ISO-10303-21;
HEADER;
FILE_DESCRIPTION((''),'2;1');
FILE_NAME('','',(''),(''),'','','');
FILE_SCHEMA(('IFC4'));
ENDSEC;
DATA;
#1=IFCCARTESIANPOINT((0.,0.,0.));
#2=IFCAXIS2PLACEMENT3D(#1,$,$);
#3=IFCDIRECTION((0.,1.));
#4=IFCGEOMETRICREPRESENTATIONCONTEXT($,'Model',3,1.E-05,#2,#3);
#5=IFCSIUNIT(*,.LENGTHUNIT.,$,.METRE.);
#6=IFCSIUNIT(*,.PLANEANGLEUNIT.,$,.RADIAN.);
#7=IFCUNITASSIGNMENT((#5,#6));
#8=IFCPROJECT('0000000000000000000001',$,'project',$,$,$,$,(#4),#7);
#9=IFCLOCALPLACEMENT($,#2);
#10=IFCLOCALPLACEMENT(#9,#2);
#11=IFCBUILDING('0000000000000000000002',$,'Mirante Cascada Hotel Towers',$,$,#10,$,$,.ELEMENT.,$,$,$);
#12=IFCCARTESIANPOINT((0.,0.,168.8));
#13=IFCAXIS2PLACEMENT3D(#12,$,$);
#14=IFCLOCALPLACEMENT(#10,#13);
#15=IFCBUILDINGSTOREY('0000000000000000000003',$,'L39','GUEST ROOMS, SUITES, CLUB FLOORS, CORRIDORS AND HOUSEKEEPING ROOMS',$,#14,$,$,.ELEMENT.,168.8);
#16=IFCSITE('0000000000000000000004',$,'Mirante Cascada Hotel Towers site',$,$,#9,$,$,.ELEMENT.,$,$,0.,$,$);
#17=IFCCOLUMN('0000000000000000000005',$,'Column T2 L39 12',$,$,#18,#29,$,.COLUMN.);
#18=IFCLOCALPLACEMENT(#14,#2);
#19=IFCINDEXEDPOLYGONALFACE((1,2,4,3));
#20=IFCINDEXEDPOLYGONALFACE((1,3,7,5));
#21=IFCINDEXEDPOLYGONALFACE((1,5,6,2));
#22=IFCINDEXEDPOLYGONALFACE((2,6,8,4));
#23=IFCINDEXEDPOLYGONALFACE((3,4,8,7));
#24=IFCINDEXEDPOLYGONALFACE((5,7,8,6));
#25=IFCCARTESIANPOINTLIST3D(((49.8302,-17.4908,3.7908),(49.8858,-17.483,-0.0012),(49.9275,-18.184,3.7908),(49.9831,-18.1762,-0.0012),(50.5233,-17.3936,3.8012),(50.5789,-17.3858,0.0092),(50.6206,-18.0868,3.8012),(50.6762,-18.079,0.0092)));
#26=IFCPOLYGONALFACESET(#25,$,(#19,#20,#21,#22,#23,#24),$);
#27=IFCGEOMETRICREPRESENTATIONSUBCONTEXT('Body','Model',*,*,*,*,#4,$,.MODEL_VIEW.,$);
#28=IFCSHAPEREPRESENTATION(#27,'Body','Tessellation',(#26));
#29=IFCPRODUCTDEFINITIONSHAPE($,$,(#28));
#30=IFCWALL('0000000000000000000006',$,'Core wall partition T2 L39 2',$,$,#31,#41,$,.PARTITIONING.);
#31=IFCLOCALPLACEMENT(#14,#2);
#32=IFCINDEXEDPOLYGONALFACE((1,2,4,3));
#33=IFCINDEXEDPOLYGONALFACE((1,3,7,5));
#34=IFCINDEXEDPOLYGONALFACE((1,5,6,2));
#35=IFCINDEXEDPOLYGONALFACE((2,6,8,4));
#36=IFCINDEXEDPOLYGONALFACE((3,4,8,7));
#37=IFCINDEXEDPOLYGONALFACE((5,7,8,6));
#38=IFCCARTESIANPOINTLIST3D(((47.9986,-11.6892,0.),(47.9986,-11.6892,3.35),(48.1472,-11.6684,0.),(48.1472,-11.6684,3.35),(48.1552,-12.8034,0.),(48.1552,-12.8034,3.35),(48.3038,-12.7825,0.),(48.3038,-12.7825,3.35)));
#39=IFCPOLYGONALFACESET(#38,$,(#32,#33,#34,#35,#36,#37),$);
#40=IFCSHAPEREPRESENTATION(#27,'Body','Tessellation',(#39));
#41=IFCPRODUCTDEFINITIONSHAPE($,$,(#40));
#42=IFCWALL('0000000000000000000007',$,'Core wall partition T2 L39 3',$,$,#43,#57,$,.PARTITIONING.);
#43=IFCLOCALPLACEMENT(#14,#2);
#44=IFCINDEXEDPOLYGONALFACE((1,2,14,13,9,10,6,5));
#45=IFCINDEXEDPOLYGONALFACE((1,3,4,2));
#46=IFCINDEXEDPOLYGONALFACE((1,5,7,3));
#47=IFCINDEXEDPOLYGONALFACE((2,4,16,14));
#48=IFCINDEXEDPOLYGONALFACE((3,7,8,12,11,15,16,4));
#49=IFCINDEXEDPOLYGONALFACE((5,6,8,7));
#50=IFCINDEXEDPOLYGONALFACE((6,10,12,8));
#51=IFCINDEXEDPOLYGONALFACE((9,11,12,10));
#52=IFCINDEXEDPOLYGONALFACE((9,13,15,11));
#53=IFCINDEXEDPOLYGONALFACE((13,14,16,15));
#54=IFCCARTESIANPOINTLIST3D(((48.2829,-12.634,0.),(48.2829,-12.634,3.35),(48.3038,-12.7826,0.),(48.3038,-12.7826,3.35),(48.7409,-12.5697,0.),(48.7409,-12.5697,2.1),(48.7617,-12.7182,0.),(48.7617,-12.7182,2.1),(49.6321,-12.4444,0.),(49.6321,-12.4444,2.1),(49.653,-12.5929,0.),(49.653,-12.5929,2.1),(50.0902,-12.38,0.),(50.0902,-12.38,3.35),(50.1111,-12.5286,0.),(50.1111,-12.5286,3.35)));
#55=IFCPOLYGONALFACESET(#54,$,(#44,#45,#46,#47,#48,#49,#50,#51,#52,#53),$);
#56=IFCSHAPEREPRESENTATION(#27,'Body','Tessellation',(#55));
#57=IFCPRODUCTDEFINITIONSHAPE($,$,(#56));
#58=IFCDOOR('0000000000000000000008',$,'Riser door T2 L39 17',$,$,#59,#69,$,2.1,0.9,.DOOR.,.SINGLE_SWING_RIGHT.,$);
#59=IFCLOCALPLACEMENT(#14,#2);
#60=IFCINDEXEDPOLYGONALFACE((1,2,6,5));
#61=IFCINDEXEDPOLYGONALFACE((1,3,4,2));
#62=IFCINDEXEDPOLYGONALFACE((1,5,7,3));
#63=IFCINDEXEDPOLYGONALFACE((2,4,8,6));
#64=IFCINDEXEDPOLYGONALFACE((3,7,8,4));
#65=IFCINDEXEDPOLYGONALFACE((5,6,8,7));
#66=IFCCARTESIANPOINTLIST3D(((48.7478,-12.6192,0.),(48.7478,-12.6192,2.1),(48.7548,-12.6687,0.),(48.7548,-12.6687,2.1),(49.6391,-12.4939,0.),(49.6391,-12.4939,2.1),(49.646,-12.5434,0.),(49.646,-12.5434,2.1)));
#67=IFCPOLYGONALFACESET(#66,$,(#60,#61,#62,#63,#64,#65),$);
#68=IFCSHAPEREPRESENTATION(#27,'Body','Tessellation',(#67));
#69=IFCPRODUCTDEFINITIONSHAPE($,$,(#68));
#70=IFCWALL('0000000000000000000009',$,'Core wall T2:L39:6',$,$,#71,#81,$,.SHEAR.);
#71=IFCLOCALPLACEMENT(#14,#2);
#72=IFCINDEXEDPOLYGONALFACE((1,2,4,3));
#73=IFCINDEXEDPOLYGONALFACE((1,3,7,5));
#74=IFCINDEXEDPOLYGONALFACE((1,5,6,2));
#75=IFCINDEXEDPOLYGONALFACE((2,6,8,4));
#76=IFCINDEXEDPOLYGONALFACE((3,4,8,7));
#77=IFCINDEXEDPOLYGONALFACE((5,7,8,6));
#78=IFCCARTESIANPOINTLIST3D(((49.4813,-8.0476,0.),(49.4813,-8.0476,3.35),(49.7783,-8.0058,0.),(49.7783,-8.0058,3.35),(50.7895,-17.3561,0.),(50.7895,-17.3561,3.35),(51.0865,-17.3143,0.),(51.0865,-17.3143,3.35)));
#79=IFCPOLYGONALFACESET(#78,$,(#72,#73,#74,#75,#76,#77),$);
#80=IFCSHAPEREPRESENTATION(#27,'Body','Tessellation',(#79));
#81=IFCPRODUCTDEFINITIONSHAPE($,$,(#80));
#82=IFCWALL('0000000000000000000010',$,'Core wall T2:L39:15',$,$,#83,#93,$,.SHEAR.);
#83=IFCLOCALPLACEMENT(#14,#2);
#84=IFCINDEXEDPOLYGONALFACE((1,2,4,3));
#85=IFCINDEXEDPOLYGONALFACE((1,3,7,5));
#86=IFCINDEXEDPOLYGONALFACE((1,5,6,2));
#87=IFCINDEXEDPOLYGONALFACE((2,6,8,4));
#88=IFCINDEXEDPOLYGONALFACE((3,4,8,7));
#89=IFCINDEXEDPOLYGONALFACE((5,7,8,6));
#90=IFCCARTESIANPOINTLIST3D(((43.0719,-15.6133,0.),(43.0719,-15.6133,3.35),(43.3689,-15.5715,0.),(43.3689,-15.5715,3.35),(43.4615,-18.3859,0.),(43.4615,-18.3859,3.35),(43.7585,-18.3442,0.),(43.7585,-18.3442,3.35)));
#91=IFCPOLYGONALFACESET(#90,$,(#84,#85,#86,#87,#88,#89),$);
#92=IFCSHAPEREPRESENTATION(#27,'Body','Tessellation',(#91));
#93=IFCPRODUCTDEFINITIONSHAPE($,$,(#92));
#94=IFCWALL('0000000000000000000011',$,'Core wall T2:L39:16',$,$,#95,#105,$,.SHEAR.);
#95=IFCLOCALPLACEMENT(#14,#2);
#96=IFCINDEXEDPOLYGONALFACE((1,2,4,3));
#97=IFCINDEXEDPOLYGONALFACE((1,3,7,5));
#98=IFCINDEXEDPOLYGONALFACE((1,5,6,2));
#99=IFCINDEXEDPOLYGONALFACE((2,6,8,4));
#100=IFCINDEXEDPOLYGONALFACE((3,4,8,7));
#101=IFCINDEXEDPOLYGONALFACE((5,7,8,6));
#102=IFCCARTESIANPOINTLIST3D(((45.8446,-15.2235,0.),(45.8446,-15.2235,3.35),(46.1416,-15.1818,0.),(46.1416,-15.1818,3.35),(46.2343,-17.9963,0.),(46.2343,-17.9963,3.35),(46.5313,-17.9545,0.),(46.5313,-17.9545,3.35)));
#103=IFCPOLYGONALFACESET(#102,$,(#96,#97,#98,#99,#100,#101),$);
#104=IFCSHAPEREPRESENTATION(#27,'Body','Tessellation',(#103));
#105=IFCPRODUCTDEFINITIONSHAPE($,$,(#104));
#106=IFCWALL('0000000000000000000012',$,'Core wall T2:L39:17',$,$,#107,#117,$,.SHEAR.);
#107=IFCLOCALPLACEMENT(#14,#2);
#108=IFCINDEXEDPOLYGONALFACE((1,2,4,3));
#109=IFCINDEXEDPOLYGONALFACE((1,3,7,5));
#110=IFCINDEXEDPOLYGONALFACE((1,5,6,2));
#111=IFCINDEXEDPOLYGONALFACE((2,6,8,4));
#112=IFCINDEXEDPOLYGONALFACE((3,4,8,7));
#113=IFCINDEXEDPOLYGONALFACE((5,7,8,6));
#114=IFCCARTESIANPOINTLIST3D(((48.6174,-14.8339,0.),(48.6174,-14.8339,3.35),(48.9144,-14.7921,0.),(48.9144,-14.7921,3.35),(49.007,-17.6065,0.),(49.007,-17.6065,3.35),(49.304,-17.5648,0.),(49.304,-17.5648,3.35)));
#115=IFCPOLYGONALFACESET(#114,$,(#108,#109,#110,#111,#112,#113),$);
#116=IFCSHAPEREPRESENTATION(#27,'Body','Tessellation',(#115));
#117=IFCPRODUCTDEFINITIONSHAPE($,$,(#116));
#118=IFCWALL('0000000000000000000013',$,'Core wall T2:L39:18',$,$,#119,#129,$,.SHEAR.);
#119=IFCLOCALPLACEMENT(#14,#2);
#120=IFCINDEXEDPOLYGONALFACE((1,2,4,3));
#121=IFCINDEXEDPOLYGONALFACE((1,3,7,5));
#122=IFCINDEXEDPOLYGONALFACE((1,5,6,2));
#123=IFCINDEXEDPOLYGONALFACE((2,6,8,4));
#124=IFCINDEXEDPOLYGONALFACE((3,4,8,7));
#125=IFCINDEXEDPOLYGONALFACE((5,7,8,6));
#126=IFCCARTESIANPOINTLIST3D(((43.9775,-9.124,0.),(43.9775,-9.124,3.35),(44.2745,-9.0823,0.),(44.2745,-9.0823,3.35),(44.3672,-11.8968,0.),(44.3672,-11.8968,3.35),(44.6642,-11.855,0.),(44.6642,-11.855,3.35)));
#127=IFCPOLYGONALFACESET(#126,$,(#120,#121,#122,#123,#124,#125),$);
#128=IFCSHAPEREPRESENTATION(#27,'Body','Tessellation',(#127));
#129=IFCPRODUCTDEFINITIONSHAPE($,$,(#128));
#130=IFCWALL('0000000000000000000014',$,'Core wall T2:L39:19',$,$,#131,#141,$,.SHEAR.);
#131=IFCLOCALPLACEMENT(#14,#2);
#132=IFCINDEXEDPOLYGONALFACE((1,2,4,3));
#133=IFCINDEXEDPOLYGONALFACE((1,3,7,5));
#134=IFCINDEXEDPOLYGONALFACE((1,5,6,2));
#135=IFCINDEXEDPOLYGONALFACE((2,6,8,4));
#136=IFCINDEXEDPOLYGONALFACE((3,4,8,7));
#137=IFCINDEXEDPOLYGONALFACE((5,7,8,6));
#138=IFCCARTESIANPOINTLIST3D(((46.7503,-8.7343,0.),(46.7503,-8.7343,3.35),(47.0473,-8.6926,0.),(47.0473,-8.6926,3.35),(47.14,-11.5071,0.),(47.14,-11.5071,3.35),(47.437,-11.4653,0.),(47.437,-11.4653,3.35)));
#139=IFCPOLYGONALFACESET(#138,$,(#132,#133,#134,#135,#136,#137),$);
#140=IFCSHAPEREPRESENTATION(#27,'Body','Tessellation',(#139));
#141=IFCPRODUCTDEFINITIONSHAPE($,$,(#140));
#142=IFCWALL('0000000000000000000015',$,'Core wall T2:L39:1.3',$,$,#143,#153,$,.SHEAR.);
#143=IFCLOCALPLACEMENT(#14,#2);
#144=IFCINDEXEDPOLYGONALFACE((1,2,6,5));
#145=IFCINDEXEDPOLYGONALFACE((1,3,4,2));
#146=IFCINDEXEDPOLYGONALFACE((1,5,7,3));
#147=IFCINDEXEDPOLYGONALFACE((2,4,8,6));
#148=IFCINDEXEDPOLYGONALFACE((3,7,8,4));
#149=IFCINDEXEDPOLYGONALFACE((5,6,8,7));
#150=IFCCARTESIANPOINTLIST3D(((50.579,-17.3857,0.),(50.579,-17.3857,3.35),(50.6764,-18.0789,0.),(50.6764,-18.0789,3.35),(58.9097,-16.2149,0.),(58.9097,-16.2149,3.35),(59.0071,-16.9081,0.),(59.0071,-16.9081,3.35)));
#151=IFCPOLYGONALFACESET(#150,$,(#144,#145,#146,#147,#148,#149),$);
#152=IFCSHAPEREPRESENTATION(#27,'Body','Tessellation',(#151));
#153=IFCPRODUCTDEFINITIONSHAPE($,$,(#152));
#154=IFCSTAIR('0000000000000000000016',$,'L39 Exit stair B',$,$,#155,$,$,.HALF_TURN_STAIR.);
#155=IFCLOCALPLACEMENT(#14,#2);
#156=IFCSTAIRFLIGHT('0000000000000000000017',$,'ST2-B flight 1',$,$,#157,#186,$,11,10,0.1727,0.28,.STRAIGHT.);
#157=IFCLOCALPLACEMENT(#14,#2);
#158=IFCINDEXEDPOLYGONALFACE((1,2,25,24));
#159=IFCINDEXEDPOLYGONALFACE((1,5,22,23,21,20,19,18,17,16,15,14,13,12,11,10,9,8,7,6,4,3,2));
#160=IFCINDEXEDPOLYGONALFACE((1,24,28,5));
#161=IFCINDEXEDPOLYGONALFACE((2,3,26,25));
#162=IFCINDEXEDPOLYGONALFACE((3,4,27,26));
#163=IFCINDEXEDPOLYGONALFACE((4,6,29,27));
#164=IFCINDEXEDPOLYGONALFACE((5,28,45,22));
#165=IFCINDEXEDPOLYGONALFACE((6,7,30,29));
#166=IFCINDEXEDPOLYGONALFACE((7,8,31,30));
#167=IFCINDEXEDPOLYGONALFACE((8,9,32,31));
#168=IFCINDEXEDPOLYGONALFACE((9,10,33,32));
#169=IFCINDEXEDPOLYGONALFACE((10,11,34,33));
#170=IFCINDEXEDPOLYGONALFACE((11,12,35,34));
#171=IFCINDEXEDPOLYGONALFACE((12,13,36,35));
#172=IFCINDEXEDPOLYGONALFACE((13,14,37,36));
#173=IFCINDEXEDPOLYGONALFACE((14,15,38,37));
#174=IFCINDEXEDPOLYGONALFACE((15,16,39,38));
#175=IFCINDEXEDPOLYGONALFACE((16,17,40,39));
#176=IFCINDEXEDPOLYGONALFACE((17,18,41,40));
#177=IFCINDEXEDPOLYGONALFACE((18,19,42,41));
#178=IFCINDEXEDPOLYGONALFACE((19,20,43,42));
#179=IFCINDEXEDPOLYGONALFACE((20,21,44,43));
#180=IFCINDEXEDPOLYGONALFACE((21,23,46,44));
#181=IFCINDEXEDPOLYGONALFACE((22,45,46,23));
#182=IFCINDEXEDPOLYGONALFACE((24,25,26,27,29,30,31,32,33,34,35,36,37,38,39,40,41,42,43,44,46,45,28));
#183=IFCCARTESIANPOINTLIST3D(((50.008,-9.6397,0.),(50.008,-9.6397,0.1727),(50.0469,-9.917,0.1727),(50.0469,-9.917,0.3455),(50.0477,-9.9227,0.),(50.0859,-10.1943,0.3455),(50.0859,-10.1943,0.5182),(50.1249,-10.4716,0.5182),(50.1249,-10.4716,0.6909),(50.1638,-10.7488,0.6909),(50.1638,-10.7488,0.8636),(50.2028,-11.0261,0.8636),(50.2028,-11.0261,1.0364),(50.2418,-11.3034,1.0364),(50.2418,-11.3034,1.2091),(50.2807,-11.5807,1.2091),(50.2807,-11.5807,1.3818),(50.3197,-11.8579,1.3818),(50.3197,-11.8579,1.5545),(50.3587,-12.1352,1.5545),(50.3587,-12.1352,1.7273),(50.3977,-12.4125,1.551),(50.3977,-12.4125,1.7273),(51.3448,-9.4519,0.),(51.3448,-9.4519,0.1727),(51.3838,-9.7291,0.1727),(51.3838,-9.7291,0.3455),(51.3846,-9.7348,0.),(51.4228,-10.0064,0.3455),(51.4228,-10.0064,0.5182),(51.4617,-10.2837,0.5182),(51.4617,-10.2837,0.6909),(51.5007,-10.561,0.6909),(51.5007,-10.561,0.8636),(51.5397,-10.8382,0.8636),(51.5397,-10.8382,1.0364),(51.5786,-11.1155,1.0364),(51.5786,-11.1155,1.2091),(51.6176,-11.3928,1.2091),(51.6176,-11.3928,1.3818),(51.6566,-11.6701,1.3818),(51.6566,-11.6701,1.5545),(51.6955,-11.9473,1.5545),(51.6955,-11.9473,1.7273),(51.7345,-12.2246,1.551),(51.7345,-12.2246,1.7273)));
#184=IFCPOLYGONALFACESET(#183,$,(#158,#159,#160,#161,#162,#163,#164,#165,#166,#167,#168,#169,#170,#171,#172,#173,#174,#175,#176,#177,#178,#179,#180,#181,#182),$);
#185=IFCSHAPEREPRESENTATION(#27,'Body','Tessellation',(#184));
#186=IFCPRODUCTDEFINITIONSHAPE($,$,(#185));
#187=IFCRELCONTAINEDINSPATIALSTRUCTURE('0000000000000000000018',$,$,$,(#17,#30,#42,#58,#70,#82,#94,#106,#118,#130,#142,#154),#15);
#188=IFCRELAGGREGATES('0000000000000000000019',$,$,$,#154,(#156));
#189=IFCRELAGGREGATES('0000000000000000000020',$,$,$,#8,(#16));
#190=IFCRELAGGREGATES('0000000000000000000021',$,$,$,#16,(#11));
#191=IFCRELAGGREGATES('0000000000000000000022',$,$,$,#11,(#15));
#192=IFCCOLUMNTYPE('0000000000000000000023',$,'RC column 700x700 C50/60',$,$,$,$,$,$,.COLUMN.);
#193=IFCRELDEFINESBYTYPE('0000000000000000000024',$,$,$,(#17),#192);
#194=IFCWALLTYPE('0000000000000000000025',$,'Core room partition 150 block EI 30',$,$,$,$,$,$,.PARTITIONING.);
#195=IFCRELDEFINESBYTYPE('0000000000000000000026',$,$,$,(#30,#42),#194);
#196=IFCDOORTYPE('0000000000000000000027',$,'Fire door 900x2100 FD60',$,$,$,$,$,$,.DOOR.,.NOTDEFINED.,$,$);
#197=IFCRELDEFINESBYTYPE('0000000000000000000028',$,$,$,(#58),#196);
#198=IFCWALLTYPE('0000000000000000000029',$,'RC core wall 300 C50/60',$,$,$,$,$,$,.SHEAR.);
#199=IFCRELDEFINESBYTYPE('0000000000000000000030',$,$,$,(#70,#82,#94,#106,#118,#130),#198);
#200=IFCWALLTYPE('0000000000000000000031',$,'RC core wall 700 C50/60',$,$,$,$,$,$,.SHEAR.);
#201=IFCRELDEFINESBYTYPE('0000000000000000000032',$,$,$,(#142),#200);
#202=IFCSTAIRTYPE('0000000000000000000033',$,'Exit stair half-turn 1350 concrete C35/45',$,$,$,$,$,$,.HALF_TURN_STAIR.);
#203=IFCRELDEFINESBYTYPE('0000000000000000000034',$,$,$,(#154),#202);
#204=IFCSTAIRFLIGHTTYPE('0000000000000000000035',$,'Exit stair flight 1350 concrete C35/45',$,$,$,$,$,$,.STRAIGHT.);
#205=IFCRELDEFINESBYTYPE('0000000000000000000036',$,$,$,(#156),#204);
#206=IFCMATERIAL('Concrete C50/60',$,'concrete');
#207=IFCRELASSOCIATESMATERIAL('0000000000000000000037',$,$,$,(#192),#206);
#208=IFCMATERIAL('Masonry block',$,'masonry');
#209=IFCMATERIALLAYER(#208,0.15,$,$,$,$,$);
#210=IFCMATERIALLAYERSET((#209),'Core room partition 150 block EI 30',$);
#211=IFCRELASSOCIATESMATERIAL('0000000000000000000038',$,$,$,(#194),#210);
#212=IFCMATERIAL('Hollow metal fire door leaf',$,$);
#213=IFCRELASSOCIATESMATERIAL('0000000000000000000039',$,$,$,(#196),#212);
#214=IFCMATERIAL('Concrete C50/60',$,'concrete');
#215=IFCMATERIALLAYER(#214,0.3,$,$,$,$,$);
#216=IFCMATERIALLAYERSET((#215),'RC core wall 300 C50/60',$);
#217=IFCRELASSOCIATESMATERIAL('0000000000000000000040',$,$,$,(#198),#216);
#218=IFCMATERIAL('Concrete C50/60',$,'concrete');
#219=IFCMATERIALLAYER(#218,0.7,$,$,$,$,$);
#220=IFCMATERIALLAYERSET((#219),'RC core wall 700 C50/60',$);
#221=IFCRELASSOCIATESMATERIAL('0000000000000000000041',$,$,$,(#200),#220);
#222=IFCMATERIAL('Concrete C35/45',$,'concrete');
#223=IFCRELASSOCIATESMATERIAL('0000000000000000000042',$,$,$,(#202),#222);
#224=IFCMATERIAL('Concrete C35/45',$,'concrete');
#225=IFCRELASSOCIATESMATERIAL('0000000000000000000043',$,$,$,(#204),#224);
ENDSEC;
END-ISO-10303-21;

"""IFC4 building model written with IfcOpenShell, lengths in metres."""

from ifc_helpers import new_model, si_unit, direction, frame, frame_2d, origin, origin_2d, place, context, subcontext, project, spatial, polyline, rectangle, outline, extrude, material, layer, layer_set, material_profile, profile_set, type_object, element, fill, aggregate, save


model = new_model("IFC4")

# Units and contexts
model_context = context("Model", 3, precision=1e-05, world=origin(), true_north=direction((0.0, 1.0)))
body_context = subcontext(model_context, "Body", "Model", "MODEL_VIEW")
ifc_project = project(units=[si_unit("LENGTHUNIT", "METRE"), si_unit("PLANEANGLEUNIT", "RADIAN")], contexts=[model_context])

# Site, building, storey
site_placement = place(None, origin())
site = spatial("IfcSite", under=ifc_project, at=site_placement, Name="Mirante Cascada Hotel Towers site", CompositionType="ELEMENT", RefElevation=0.0)
building_placement = place(site_placement, origin())
building = spatial("IfcBuilding", under=site, at=building_placement, Name="Mirante Cascada Hotel Towers", CompositionType="ELEMENT")
storey_placement = place(building_placement, frame((0.0, 0.0, 168.8)))
storey = spatial("IfcBuildingStorey", under=building, at=storey_placement, Name="L39", Description="GUEST ROOMS, SUITES, CLUB FLOORS, CORRIDORS AND HOUSEKEEPING ROOMS", CompositionType="ELEMENT", Elevation=168.8)

# Column
ifc_material_1 = material(Name="Concrete C50/60", Category="concrete")
ifc_material_profile = material_profile(ifc_material_1, rectangle(XDim=0.7, YDim=0.7, at=origin_2d()), Name="RC column 700x700 C50/60")
ifc_profile_set = profile_set([ifc_material_profile], Name="Concrete C50/60")
column_type = type_object("IfcColumnType", Name="RC column 700x700 C50/60", PredefinedType="COLUMN", material=ifc_profile_set)
column_placement = place(storey_placement, frame((50.281, -17.781, 0.004), z_axis=(-0.014661, -0.002057, 0.99989), x_axis=(0.138927, -0.990303, 0.0)))
element("IfcColumn", 1, at=column_placement, inside=storey, type_object=column_type, Name="Column T2 L39 12", PredefinedType="COLUMN", context=body_context, shape_type="SweptSolid", body=[
    extrude(rectangle(XDim=0.7, YDim=0.7, at=origin_2d()), origin(), (0.0, 0.0, 1.0), 3.7924),
])

# Wall
ifc_material_2 = material(Name="Masonry block", Category="masonry")
ifc_layer_1 = layer(ifc_material_2, 0.15)
ifc_layer_set_1 = layer_set([ifc_layer_1], Name="Core room partition 150 block EI 30")
wall_type_1 = type_object("IfcWallType", Name="Core room partition 150 block EI 30", PredefinedType="PARTITIONING", material=ifc_layer_set_1)
wall_1_placement = place(storey_placement, frame((48.2295, -12.793, 0.0), z_axis=(0.0, 0.0, 1.0), x_axis=(-0.139193, 0.990265, 0.0)))
element("IfcWall", 2, at=wall_1_placement, inside=storey, type_object=wall_type_1, Name="Core wall partition T2 L39 2", PredefinedType="PARTITIONING", context=body_context, shape_type="SweptSolid", body=[
    extrude(rectangle(XDim=1.1251, YDim=0.15, at=frame_2d((0.5626, 0.0))), origin(), (0.0, 0.0, 1.0), 3.35),
])

# Wall, opening, door
wall_2_placement = place(storey_placement, frame((48.2933, -12.7083, 0.0), z_axis=(0.0, 0.0, 1.0), x_axis=(0.990268, 0.139173, 0.0)))
wall_2 = element("IfcWall", 3, at=wall_2_placement, inside=storey, type_object=wall_type_1, Name="Core wall partition T2 L39 3", PredefinedType="PARTITIONING", context=body_context, shape_type="SweptSolid", body=[
    extrude(rectangle(XDim=1.8251, YDim=0.15, at=frame_2d((0.9126, 0.0))), origin(), (0.0, 0.0, 1.0), 3.35),
])
opening_placement = place(wall_2_placement, frame((0.4625, 0.0, 0.0)))
opening = element("IfcOpeningElement", 4, at=opening_placement, cuts=wall_2, PredefinedType="OPENING", context=body_context, shape_type="SweptSolid", body=[
    extrude(rectangle(XDim=0.9, YDim=2.1, at=frame_2d((0.45, 1.05))), frame((0.0, 0.075, 0.0), z_axis=(0.0, -1.0, 0.0), x_axis=(1.0, 0.0, 0.0)), (0.0, 0.0, 1.0), 0.15),
])
ifc_material_3 = material(Name="Hollow metal fire door leaf")
door_type = type_object("IfcDoorType", Name="Fire door 900x2100 FD60", OperationType="NOTDEFINED", PredefinedType="DOOR", material=ifc_material_3)
door_placement = place(opening_placement, frame((0.9, 0.0, 0.0), z_axis=(0.0, 0.0, 1.0), x_axis=(-1.0, 0.0, 0.0)))
door = element("IfcDoor", 5, at=door_placement, inside=storey, type_object=door_type, Name="Riser door T2 L39 17", OperationType="SINGLE_SWING_RIGHT", OverallHeight=2.1, OverallWidth=0.9, PredefinedType="DOOR", context=body_context, shape_type="SweptSolid", body=[
    extrude(rectangle(XDim=0.9, YDim=2.1, at=frame_2d((0.45, 1.05))), frame((0.0, 0.025, 0.0), z_axis=(0.0, -1.0, 0.0), x_axis=(1.0, 0.0, 0.0)), (0.0, 0.0, 1.0), 0.05),
])
fill(opening, door)

# Walls
ifc_material_4 = material(Name="Concrete C50/60", Category="concrete")
ifc_layer_2 = layer(ifc_material_4, 0.3)
ifc_layer_set_2 = layer_set([ifc_layer_2], Name="RC core wall 300 C50/60")
wall_type_2 = type_object("IfcWallType", Name="RC core wall 300 C50/60", PredefinedType="SHEAR", material=ifc_layer_set_2)
wall_3_placement = place(storey_placement, frame((50.938, -17.3352, 0.0), z_axis=(0.0, 0.0, 1.0), x_axis=(-0.139171, 0.990268, 0.0)))
element("IfcWall", 6, at=wall_3_placement, inside=storey, type_object=wall_type_2, Name="Core wall T2:L39:6", PredefinedType="SHEAR", context=body_context, shape_type="SweptSolid", body=[
    extrude(rectangle(XDim=9.4, YDim=0.3, at=frame_2d((4.7, 0.0))), origin(), (0.0, 0.0, 1.0), 3.35),
])
wall_4_placement = place(storey_placement, frame((43.61, -18.3651, 0.0), z_axis=(0.0, 0.0, 1.0), x_axis=(-0.139146, 0.990272, 0.0)))
element("IfcWall", 7, at=wall_4_placement, inside=storey, type_object=wall_type_2, Name="Core wall T2:L39:15", PredefinedType="SHEAR", context=body_context, shape_type="SweptSolid", body=[
    extrude(rectangle(XDim=2.7999, YDim=0.3, at=frame_2d((1.4, 0.0))), origin(), (0.0, 0.0, 1.0), 3.35),
])
wall_5_placement = place(storey_placement, frame((46.3828, -17.9754, 0.0), z_axis=(0.0, 0.0, 1.0), x_axis=(-0.139181, 0.990267, 0.0)))
element("IfcWall", 8, at=wall_5_placement, inside=storey, type_object=wall_type_2, Name="Core wall T2:L39:16", PredefinedType="SHEAR", context=body_context, shape_type="SweptSolid", body=[
    extrude(rectangle(XDim=2.8, YDim=0.3, at=frame_2d((1.4, 0.0))), origin(), (0.0, 0.0, 1.0), 3.35),
])
wall_6_placement = place(storey_placement, frame((49.1555, -17.5857, 0.0), z_axis=(0.0, 0.0, 1.0), x_axis=(-0.139146, 0.990272, 0.0)))
element("IfcWall", 9, at=wall_6_placement, inside=storey, type_object=wall_type_2, Name="Core wall T2:L39:17", PredefinedType="SHEAR", context=body_context, shape_type="SweptSolid", body=[
    extrude(rectangle(XDim=2.7999, YDim=0.3, at=frame_2d((1.4, 0.0))), origin(), (0.0, 0.0, 1.0), 3.35),
])
for number, where, z_axis, x_axis, name in (
    (10, (44.5157, -11.8759, 0.0), (0.0, 0.0, 1.0), (-0.139181, 0.990267, 0.0), "Core wall T2:L39:18"),
    (11, (47.2885, -11.4862, 0.0), (0.0, 0.0, 1.0), (-0.139181, 0.990267, 0.0), "Core wall T2:L39:19"),
):
    element("IfcWall", number, at=place(storey_placement, frame(where, z_axis=z_axis, x_axis=x_axis)), inside=storey, type_object=wall_type_2, Name=name, PredefinedType="SHEAR", context=body_context, shape_type="SweptSolid", body=[
        extrude(rectangle(XDim=2.8, YDim=0.3, at=frame_2d((1.4, 0.0))), origin(), (0.0, 0.0, 1.0), 3.35),
    ])
ifc_material_5 = material(Name="Concrete C50/60", Category="concrete")
ifc_layer_3 = layer(ifc_material_5, 0.7)
ifc_layer_set_3 = layer_set([ifc_layer_3], Name="RC core wall 700 C50/60")
wall_type_3 = type_object("IfcWallType", Name="RC core wall 700 C50/60", PredefinedType="SHEAR", material=ifc_layer_set_3)
wall_7_placement = place(storey_placement, frame((50.6277, -17.7323, 0.0), z_axis=(0.0, 0.0, 1.0), x_axis=(0.990268, 0.139173, 0.0)))
element("IfcWall", 12, at=wall_7_placement, inside=storey, type_object=wall_type_3, Name="Core wall T2:L39:1.3", PredefinedType="SHEAR", context=body_context, shape_type="SweptSolid", body=[
    extrude(rectangle(XDim=8.4126, YDim=0.7, at=frame_2d((4.2063, 0.0))), origin(), (0.0, 0.0, 1.0), 3.35),
])

# Stair, stair flight
ifc_material_6 = material(Name="Concrete C35/45", Category="concrete")
stair_type = type_object("IfcStairType", Name="Exit stair half-turn 1350 concrete C35/45", PredefinedType="HALF_TURN_STAIR", material=ifc_material_6)
stair_placement = place(storey_placement, origin())
stair = element("IfcStair", 13, at=stair_placement, inside=storey, type_object=stair_type, Name="L39 Exit stair B", PredefinedType="HALF_TURN_STAIR")
ifc_material_7 = material(Name="Concrete C35/45", Category="concrete")
stair_flight_type = type_object("IfcStairFlightType", Name="Exit stair flight 1350 concrete C35/45", PredefinedType="STRAIGHT", material=ifc_material_7)
stair_flight_1_placement = place(storey_placement, frame((50.6764, -9.5458, 0.0), z_axis=(0.0, 0.0, 1.0), x_axis=(0.139173, -0.990268, 0.0)))
stair_flight_1 = element("IfcStairFlight", 14, at=stair_flight_1_placement, type_object=stair_flight_type, Name="ST2-B flight 1", NumberOfRisers=11, NumberOfTreads=10, PredefinedType="STRAIGHT", RiserHeight=0.1727, TreadLength=0.28, context=body_context, shape_type="SweptSolid", body=[
    extrude(outline(polyline([(0.0, 0.0), (0.0, 0.1727), (0.28, 0.1727), (0.28, 0.3455), (0.56, 0.3455), (0.56, 0.5182), (0.84, 0.5182), (0.84, 0.6909), (1.12, 0.6909), (1.12, 0.8636), (1.4, 0.8636), (1.4, 1.0364), (1.68, 1.0364), (1.68, 1.2091), (1.96, 1.2091), (1.96, 1.3818), (2.24, 1.3818), (2.24, 1.5545), (2.52, 1.5545), (2.52, 1.7273), (2.8, 1.7273), (2.8, 1.9), (2.8, 1.551), (0.2857, 0.0), (0.0, 0.0)])), frame((0.0, 0.675, 0.0), z_axis=(0.0, -1.0, 0.0), x_axis=(1.0, 0.0, 0.0)), (0.0, 0.0, 1.0), 1.35),
])
aggregate(stair, [stair_flight_1])

save(model, "model.ifc")
